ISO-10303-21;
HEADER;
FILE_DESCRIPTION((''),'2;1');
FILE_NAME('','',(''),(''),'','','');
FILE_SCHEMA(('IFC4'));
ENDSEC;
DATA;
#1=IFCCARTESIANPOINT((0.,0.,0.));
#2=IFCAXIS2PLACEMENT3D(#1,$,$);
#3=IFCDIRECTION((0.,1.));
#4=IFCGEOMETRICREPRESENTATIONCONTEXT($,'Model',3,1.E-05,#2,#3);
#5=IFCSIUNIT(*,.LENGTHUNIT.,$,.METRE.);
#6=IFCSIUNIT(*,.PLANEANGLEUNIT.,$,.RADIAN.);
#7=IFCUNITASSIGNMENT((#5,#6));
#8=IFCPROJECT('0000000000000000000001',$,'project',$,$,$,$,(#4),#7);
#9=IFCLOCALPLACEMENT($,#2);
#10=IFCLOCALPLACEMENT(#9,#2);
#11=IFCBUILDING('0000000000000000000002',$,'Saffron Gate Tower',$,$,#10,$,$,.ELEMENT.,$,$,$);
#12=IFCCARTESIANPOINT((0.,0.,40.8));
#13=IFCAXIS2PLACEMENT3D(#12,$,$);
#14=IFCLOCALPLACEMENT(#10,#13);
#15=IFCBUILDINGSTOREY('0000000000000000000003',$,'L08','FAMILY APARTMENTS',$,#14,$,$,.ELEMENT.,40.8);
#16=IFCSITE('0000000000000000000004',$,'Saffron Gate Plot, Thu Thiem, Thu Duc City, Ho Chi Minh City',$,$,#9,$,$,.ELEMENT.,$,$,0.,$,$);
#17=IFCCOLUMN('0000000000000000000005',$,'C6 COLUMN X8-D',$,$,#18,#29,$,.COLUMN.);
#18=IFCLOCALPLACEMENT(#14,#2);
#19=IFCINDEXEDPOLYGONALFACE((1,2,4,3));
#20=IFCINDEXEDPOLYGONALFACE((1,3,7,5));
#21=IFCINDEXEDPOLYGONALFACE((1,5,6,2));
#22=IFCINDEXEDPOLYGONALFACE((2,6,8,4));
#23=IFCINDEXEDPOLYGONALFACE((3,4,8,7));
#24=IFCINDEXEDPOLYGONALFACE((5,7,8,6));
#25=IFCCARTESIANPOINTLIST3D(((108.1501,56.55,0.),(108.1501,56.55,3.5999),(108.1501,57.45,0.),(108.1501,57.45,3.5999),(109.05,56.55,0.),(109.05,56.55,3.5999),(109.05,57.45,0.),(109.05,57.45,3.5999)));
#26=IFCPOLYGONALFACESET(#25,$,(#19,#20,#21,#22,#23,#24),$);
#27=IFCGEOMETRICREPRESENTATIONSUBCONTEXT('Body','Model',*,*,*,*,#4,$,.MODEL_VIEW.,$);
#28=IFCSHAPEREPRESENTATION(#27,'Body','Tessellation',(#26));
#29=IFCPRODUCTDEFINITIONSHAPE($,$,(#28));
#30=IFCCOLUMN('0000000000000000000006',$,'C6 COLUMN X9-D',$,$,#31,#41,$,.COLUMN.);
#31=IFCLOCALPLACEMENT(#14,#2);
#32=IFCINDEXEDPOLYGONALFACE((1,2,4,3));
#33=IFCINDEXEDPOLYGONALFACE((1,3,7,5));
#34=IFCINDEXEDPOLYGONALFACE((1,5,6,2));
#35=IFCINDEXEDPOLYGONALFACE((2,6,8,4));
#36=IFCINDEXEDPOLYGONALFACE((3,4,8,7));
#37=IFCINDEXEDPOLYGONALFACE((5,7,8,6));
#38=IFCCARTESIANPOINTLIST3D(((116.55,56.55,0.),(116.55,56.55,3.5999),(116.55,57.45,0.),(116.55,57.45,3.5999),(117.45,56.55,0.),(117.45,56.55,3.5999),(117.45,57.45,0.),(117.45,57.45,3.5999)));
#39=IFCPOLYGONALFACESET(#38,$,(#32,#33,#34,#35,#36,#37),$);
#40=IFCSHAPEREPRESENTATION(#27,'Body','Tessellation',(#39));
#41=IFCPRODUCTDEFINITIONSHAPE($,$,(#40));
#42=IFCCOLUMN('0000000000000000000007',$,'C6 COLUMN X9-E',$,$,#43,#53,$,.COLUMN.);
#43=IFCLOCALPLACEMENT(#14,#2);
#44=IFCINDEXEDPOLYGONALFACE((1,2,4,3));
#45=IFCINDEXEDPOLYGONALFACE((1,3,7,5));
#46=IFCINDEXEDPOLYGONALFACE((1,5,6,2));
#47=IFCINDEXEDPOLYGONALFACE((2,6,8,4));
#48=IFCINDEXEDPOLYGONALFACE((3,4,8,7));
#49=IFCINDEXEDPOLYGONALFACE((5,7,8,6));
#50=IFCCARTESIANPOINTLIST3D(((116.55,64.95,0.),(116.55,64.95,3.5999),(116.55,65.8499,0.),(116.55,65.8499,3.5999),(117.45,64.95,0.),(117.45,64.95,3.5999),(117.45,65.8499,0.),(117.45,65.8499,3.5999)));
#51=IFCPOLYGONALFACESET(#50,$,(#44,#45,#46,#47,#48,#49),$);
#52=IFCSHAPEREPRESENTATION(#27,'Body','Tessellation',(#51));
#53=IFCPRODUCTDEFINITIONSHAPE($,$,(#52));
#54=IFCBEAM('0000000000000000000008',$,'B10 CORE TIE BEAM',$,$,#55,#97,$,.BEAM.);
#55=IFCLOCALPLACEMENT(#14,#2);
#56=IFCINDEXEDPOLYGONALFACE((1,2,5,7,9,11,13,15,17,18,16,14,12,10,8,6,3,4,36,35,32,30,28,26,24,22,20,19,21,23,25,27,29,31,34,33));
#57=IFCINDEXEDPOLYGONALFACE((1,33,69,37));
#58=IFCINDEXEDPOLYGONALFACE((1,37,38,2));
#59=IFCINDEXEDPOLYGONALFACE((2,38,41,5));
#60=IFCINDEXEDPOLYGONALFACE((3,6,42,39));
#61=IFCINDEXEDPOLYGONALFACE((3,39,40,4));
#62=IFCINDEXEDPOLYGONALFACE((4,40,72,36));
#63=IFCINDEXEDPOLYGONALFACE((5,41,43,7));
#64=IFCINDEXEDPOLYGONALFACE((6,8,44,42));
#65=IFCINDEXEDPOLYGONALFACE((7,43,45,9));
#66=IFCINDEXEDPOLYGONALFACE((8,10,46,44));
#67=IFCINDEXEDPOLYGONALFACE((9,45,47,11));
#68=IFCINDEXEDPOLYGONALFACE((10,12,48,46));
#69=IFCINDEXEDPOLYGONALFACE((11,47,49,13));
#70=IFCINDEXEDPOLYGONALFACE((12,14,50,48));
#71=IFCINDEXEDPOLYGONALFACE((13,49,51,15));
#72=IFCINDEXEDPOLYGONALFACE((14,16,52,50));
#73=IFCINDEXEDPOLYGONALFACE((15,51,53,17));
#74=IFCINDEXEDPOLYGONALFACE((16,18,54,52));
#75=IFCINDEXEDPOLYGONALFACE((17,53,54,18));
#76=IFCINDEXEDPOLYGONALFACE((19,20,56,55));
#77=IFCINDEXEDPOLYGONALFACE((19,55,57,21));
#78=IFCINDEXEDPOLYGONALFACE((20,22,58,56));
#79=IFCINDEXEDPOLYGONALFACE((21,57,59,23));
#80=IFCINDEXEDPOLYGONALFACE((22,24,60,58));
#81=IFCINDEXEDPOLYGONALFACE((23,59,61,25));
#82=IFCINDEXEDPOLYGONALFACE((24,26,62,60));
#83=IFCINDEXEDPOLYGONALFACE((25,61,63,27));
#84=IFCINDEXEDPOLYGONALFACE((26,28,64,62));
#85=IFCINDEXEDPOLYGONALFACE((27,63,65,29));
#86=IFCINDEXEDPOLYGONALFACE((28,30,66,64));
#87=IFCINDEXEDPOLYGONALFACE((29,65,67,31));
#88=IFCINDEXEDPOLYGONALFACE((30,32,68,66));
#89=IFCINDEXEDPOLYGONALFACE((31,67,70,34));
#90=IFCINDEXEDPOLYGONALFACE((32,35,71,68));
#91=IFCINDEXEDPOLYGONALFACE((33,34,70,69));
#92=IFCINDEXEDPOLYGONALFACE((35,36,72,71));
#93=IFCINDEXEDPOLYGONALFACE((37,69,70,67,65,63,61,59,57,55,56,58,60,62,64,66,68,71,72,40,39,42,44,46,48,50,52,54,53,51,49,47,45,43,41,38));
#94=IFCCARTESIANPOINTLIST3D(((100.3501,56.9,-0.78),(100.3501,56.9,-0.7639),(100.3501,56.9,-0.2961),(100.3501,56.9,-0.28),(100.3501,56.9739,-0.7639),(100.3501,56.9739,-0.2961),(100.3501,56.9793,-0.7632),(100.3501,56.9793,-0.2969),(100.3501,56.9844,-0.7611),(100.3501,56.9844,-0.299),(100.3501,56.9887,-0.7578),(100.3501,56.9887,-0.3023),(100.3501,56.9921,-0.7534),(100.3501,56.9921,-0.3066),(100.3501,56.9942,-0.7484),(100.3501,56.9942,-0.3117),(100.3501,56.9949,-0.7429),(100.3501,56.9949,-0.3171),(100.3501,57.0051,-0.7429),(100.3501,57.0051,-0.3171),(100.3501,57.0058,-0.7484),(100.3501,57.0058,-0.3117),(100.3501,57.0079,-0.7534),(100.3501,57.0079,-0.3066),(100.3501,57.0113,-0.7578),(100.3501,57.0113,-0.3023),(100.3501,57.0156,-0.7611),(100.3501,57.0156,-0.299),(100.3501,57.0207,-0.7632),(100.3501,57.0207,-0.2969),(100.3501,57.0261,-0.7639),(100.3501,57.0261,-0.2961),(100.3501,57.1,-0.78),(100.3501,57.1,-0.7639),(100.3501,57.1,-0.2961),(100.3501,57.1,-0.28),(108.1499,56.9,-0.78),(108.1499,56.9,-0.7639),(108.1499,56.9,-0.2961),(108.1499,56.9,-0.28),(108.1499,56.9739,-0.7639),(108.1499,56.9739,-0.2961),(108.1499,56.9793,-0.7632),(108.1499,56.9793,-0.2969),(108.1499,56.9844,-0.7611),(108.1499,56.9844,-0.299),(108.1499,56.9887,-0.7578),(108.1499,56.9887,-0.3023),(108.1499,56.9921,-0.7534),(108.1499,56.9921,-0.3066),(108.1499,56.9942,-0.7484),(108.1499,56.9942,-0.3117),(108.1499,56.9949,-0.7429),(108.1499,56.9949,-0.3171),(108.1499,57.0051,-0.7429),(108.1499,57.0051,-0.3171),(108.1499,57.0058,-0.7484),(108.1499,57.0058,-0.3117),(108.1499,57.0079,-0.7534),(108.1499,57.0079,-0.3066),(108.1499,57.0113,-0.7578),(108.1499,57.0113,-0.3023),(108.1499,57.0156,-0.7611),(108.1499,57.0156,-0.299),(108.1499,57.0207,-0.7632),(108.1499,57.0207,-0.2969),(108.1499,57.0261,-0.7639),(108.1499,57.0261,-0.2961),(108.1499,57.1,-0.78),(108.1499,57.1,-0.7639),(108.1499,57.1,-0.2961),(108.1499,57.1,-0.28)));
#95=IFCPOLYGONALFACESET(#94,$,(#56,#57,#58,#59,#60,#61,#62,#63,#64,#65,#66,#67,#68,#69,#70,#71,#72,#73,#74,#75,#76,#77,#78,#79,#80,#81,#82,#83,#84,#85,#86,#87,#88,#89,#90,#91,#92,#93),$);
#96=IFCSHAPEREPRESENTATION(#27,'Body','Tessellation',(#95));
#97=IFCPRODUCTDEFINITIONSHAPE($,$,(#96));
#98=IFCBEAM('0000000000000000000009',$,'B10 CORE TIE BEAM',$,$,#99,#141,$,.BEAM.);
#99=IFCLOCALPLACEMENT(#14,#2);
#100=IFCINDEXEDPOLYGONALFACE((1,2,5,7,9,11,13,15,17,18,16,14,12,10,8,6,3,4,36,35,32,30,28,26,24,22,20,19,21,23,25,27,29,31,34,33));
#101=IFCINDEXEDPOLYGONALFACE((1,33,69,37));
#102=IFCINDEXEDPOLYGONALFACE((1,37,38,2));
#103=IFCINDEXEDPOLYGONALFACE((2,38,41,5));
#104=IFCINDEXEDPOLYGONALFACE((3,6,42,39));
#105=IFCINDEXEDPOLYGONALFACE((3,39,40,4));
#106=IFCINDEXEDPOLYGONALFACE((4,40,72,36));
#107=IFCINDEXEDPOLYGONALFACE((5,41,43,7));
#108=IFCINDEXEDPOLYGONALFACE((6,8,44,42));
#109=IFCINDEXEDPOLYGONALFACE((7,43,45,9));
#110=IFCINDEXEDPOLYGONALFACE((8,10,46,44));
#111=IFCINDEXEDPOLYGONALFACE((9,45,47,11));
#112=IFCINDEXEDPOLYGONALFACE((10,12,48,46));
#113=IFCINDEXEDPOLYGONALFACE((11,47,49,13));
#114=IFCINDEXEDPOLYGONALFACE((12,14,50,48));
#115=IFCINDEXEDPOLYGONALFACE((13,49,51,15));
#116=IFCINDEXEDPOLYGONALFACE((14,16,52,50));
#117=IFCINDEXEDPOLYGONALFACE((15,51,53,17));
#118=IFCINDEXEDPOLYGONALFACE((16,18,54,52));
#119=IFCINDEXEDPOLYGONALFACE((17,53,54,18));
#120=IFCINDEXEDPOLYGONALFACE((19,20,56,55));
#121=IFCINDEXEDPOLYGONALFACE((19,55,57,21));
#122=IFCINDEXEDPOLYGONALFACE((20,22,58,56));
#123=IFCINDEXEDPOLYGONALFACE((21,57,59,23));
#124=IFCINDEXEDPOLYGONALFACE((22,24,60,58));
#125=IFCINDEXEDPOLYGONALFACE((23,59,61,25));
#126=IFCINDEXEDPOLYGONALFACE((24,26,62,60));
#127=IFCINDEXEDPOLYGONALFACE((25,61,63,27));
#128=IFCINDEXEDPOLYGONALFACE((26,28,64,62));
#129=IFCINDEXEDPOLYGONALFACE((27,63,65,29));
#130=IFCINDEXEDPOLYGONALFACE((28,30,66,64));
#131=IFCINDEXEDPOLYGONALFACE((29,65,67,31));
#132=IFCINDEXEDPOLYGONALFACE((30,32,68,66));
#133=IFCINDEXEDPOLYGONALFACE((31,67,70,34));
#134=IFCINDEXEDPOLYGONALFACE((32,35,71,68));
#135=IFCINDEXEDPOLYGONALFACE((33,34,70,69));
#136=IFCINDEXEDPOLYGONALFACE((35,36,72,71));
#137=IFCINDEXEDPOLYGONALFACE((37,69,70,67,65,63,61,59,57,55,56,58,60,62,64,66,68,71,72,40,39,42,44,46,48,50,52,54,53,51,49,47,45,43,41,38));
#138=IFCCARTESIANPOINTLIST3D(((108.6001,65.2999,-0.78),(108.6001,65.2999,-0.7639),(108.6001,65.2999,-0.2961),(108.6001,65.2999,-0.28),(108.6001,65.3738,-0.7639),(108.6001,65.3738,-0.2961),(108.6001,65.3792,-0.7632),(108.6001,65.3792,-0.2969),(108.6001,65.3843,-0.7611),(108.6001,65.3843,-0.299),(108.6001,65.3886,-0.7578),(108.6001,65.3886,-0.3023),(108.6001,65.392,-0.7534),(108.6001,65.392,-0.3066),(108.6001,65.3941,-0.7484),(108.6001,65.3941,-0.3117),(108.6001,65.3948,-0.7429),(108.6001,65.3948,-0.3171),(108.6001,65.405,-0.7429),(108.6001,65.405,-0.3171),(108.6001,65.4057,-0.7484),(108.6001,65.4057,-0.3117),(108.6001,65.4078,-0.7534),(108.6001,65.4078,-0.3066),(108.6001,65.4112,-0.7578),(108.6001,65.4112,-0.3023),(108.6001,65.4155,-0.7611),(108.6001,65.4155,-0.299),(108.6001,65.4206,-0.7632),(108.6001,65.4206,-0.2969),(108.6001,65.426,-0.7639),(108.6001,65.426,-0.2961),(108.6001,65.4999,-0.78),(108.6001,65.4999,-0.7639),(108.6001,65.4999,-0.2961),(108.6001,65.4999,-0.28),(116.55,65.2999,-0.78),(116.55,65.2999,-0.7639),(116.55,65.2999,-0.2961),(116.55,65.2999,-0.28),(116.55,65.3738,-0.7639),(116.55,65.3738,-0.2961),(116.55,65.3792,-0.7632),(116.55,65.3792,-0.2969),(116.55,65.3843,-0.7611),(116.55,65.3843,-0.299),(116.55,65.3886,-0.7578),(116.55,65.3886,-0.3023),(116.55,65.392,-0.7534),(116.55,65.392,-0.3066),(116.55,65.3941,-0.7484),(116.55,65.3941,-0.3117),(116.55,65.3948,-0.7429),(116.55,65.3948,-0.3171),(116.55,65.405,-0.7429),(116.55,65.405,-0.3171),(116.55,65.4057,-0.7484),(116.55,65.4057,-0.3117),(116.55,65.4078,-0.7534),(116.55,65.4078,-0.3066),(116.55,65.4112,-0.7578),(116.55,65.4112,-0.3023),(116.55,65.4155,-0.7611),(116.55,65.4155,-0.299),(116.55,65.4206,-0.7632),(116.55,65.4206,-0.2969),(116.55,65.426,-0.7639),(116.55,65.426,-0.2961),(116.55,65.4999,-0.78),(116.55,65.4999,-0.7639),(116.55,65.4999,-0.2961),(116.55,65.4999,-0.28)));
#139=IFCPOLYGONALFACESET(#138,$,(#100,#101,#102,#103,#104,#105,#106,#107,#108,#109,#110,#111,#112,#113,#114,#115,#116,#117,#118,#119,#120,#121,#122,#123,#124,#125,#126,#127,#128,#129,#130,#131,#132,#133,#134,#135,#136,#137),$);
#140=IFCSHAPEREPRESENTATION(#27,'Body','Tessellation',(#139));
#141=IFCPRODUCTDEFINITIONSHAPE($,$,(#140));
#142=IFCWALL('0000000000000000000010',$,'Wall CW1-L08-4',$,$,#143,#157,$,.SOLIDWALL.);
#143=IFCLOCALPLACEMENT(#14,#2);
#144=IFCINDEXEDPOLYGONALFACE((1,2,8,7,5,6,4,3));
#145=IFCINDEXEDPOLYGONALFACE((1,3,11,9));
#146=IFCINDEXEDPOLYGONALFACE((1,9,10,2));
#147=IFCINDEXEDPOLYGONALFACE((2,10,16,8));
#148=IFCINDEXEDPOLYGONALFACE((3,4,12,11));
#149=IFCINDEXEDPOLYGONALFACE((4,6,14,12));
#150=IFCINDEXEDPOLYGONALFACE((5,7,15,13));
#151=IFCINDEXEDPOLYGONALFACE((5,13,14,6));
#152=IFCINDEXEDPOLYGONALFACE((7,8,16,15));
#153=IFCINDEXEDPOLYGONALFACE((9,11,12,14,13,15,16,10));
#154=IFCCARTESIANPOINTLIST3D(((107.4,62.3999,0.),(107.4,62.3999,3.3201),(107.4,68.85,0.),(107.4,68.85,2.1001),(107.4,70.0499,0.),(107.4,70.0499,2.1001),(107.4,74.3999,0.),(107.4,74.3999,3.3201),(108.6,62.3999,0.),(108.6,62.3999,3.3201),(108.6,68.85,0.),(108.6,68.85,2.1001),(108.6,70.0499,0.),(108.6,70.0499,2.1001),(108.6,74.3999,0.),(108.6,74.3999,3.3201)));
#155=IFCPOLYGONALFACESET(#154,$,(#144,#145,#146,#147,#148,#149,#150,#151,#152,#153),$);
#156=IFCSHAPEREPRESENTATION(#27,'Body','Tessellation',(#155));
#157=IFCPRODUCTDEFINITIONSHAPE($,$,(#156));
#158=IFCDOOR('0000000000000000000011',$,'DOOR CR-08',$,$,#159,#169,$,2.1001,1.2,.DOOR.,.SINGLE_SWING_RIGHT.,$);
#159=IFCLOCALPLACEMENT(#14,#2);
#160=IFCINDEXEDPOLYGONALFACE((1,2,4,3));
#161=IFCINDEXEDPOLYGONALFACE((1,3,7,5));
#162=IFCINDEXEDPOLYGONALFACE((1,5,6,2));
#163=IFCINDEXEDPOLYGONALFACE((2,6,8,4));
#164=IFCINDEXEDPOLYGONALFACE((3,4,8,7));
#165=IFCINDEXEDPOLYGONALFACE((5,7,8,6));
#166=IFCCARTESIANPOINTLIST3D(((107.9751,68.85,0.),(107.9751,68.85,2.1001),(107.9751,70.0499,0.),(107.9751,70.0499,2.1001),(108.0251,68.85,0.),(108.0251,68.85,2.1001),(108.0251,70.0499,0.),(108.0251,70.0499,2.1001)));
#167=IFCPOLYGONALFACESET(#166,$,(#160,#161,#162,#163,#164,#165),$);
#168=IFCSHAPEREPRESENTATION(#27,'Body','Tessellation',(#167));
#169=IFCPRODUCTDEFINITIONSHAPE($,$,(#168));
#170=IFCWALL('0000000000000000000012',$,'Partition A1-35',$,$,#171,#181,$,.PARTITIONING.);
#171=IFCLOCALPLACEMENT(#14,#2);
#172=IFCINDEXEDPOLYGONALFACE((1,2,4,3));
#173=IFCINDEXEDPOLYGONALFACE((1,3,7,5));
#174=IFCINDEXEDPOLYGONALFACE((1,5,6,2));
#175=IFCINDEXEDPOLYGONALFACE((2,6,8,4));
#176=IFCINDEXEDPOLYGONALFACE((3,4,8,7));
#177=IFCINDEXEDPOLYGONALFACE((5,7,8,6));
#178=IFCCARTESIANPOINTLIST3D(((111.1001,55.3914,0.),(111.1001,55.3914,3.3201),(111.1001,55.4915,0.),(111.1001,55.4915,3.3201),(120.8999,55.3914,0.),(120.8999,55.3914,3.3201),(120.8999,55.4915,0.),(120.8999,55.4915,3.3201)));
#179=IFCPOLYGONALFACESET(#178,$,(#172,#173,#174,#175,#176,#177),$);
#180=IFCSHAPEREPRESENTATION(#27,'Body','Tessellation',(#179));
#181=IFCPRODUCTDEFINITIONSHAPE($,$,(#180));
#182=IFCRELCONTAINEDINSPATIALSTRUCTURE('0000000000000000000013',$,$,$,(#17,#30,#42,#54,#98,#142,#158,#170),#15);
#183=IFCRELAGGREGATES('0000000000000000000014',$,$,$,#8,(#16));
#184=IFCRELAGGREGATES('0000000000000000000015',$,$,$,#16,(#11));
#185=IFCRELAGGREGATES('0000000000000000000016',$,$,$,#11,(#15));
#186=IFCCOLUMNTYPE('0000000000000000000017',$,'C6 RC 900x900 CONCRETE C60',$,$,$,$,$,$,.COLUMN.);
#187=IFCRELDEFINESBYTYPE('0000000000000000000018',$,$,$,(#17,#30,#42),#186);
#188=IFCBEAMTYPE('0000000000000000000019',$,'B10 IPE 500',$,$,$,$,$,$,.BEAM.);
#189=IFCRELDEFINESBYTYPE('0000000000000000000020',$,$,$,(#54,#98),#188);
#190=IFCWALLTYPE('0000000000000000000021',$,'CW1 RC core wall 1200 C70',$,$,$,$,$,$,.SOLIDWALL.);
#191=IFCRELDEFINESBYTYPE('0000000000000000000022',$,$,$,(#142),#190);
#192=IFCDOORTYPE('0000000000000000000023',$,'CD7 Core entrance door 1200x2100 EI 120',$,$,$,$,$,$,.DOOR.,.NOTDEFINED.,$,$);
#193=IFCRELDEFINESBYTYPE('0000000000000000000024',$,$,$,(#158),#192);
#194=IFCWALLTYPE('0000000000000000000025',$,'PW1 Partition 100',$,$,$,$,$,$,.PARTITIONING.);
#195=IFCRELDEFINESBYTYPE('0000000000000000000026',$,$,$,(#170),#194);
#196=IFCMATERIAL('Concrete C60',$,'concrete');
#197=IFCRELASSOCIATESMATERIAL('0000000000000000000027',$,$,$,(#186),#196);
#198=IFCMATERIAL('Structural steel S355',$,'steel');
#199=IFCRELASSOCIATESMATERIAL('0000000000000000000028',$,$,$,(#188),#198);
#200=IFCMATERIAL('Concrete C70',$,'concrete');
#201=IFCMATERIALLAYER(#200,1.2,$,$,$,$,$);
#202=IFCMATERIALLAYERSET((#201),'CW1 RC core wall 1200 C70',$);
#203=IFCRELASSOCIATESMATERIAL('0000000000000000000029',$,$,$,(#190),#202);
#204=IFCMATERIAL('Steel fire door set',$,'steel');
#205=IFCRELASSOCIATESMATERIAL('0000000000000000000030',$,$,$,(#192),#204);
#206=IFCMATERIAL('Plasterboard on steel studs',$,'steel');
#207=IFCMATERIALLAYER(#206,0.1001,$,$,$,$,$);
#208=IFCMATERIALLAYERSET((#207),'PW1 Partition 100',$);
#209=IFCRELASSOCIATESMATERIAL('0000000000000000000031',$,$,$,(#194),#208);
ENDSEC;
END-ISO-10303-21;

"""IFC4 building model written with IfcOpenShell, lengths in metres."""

from ifc_helpers import new_model, si_unit, direction, frame, frame_2d, origin, origin_2d, place, context, subcontext, project, spatial, rectangle, i_section, extrude, material, layer, layer_set, material_profile, profile_set, type_object, element, fill, save


model = new_model("IFC4")

# Units and contexts
model_context = context("Model", 3, precision=1e-05, world=origin(), true_north=direction((0.0, 1.0)))
body_context = subcontext(model_context, "Body", "Model", "MODEL_VIEW")
ifc_project = project(units=[si_unit("LENGTHUNIT", "METRE"), si_unit("PLANEANGLEUNIT", "RADIAN")], contexts=[model_context])

# Site, building, storey
site_placement = place(None, origin())
site = spatial("IfcSite", under=ifc_project, at=site_placement, Name="Saffron Gate Plot, Thu Thiem, Thu Duc City, Ho Chi Minh City", CompositionType="ELEMENT", RefElevation=0.0)
building_placement = place(site_placement, origin())
building = spatial("IfcBuilding", under=site, at=building_placement, Name="Saffron Gate Tower", CompositionType="ELEMENT")
storey_placement = place(building_placement, frame((0.0, 0.0, 40.8)))
storey = spatial("IfcBuildingStorey", under=building, at=storey_placement, Name="L08", Description="FAMILY APARTMENTS", CompositionType="ELEMENT", Elevation=40.8)

# Columns
ifc_material_1 = material(Name="Concrete C60", Category="concrete")
ifc_material_profile_1 = material_profile(ifc_material_1, rectangle(XDim=0.8999, YDim=0.8999, at=origin_2d()))
ifc_profile_set_1 = profile_set([ifc_material_profile_1], Name="Concrete C60")
column_type = type_object("IfcColumnType", Name="C6 RC 900x900 CONCRETE C60", PredefinedType="COLUMN", material=ifc_profile_set_1)
for number, where, z_axis, x_axis, name in (
    (1, (108.6001, 57.0, 0.0), (0.0, 0.0, 1.0), (1.0, 0.0, 0.0), "C6 COLUMN X8-D"),
    (2, (117.0, 57.0, 0.0), (0.0, 0.0, 1.0), (1.0, 0.0, 0.0), "C6 COLUMN X9-D"),
    (3, (117.0, 65.3999, 0.0), (0.0, 0.0, 1.0), (1.0, 0.0, 0.0), "C6 COLUMN X9-E"),
):
    element("IfcColumn", number, at=place(storey_placement, frame(where, z_axis=z_axis, x_axis=x_axis)), inside=storey, type_object=column_type, Name=name, PredefinedType="COLUMN", context=body_context, shape_type="SweptSolid", body=[
        extrude(rectangle(XDim=0.8999, YDim=0.8999, at=origin_2d()), origin(), (0.0, 0.0, 1.0), 3.5999),
    ])

# Beams
ifc_material_2 = material(Name="Structural steel S355", Category="steel")
ifc_material_profile_2 = material_profile(ifc_material_2, i_section(OverallWidth=0.2, OverallDepth=0.5, WebThickness=0.0103, FlangeThickness=0.0161, FilletRadius=0.021, at=origin_2d()))
ifc_profile_set_2 = profile_set([ifc_material_profile_2], Name="Structural steel S355")
beam_type = type_object("IfcBeamType", Name="B10 IPE 500", PredefinedType="BEAM", material=ifc_profile_set_2)
beam_1_placement = place(storey_placement, frame((108.1499, 57.0, -0.53), z_axis=(-1.0, 0.0, 0.0), x_axis=(0.0, -1.0, 0.0)))
element("IfcBeam", 4, at=beam_1_placement, inside=storey, type_object=beam_type, Name="B10 CORE TIE BEAM", PredefinedType="BEAM", context=body_context, shape_type="SweptSolid", body=[
    extrude(i_section(OverallWidth=0.2, OverallDepth=0.5, WebThickness=0.0103, FlangeThickness=0.0161, FilletRadius=0.021, at=origin_2d()), origin(), (0.0, 0.0, 1.0), 7.7998),
])
beam_2_placement = place(storey_placement, frame((116.55, 65.3999, -0.53), z_axis=(-1.0, 0.0, 0.0), x_axis=(0.0, -1.0, 0.0)))
element("IfcBeam", 5, at=beam_2_placement, inside=storey, type_object=beam_type, Name="B10 CORE TIE BEAM", PredefinedType="BEAM", context=body_context, shape_type="SweptSolid", body=[
    extrude(i_section(OverallWidth=0.2, OverallDepth=0.5, WebThickness=0.0103, FlangeThickness=0.0161, FilletRadius=0.021, at=origin_2d()), origin(), (0.0, 0.0, 1.0), 7.95),
])

# Wall, opening, door
ifc_material_3 = material(Name="Concrete C70", Category="concrete")
ifc_layer_1 = layer(ifc_material_3, 1.2)
ifc_layer_set_1 = layer_set([ifc_layer_1], Name="CW1 RC core wall 1200 C70")
wall_type_1 = type_object("IfcWallType", Name="CW1 RC core wall 1200 C70", PredefinedType="SOLIDWALL", material=ifc_layer_set_1)
wall_1_placement = place(storey_placement, frame((108.0, 62.3999, 0.0), z_axis=(0.0, 0.0, 1.0), x_axis=(0.0, 1.0, 0.0)))
wall_1 = element("IfcWall", 6, at=wall_1_placement, inside=storey, type_object=wall_type_1, Name="Wall CW1-L08-4", PredefinedType="SOLIDWALL", context=body_context, shape_type="SweptSolid", body=[
    extrude(rectangle(XDim=12.0, YDim=1.2, at=frame_2d((6.0, 0.0))), origin(), (0.0, 0.0, 1.0), 3.3201),
])
opening_1_placement = place(wall_1_placement, frame((6.45, 0.0, 0.0)))
opening_1 = element("IfcOpeningElement", 7, at=opening_1_placement, cuts=wall_1, PredefinedType="OPENING", context=body_context, shape_type="SweptSolid", body=[
    extrude(rectangle(XDim=1.2, YDim=2.1001, at=frame_2d((0.6001, 1.05))), frame((0.0, 0.6099, 0.0), z_axis=(0.0, -1.0, 0.0), x_axis=(1.0, 0.0, 0.0)), (0.0, 0.0, 1.0), 1.22),
])
ifc_material_4 = material(Name="Steel fire door set", Category="steel")
door_type_1 = type_object("IfcDoorType", Name="CD7 Core entrance door 1200x2100 EI 120", OperationType="NOTDEFINED", PredefinedType="DOOR", material=ifc_material_4)
door_1_placement = place(opening_1_placement, origin())
door_1 = element("IfcDoor", 8, at=door_1_placement, inside=storey, type_object=door_type_1, Name="DOOR CR-08", OperationType="SINGLE_SWING_RIGHT", OverallHeight=2.1001, OverallWidth=1.2, PredefinedType="DOOR", context=body_context, shape_type="SweptSolid", body=[
    extrude(rectangle(XDim=1.2, YDim=2.1001, at=frame_2d((0.6001, 1.05))), frame((0.0, 0.0249, 0.0), z_axis=(0.0, -1.0, 0.0), x_axis=(1.0, 0.0, 0.0)), (0.0, 0.0, 1.0), 0.05),
])
fill(opening_1, door_1)

# Wall
ifc_material_5 = material(Name="Plasterboard on steel studs", Category="steel")
ifc_layer_2 = layer(ifc_material_5, 0.1001)
ifc_layer_set_2 = layer_set([ifc_layer_2], Name="PW1 Partition 100")
wall_type_2 = type_object("IfcWallType", Name="PW1 Partition 100", PredefinedType="PARTITIONING", material=ifc_layer_set_2)
wall_2_placement = place(storey_placement, frame((111.1001, 55.4414, 0.0), z_axis=(0.0, 0.0, 1.0), x_axis=(1.0, 0.0, 0.0)))
element("IfcWall", 9, at=wall_2_placement, inside=storey, type_object=wall_type_2, Name="Partition A1-35", PredefinedType="PARTITIONING", context=body_context, shape_type="SweptSolid", body=[
    extrude(rectangle(XDim=9.7998, YDim=0.1001, at=frame_2d((4.8999, 0.0))), origin(), (0.0, 0.0, 1.0), 3.3201),
])

save(model, "model.ifc")
